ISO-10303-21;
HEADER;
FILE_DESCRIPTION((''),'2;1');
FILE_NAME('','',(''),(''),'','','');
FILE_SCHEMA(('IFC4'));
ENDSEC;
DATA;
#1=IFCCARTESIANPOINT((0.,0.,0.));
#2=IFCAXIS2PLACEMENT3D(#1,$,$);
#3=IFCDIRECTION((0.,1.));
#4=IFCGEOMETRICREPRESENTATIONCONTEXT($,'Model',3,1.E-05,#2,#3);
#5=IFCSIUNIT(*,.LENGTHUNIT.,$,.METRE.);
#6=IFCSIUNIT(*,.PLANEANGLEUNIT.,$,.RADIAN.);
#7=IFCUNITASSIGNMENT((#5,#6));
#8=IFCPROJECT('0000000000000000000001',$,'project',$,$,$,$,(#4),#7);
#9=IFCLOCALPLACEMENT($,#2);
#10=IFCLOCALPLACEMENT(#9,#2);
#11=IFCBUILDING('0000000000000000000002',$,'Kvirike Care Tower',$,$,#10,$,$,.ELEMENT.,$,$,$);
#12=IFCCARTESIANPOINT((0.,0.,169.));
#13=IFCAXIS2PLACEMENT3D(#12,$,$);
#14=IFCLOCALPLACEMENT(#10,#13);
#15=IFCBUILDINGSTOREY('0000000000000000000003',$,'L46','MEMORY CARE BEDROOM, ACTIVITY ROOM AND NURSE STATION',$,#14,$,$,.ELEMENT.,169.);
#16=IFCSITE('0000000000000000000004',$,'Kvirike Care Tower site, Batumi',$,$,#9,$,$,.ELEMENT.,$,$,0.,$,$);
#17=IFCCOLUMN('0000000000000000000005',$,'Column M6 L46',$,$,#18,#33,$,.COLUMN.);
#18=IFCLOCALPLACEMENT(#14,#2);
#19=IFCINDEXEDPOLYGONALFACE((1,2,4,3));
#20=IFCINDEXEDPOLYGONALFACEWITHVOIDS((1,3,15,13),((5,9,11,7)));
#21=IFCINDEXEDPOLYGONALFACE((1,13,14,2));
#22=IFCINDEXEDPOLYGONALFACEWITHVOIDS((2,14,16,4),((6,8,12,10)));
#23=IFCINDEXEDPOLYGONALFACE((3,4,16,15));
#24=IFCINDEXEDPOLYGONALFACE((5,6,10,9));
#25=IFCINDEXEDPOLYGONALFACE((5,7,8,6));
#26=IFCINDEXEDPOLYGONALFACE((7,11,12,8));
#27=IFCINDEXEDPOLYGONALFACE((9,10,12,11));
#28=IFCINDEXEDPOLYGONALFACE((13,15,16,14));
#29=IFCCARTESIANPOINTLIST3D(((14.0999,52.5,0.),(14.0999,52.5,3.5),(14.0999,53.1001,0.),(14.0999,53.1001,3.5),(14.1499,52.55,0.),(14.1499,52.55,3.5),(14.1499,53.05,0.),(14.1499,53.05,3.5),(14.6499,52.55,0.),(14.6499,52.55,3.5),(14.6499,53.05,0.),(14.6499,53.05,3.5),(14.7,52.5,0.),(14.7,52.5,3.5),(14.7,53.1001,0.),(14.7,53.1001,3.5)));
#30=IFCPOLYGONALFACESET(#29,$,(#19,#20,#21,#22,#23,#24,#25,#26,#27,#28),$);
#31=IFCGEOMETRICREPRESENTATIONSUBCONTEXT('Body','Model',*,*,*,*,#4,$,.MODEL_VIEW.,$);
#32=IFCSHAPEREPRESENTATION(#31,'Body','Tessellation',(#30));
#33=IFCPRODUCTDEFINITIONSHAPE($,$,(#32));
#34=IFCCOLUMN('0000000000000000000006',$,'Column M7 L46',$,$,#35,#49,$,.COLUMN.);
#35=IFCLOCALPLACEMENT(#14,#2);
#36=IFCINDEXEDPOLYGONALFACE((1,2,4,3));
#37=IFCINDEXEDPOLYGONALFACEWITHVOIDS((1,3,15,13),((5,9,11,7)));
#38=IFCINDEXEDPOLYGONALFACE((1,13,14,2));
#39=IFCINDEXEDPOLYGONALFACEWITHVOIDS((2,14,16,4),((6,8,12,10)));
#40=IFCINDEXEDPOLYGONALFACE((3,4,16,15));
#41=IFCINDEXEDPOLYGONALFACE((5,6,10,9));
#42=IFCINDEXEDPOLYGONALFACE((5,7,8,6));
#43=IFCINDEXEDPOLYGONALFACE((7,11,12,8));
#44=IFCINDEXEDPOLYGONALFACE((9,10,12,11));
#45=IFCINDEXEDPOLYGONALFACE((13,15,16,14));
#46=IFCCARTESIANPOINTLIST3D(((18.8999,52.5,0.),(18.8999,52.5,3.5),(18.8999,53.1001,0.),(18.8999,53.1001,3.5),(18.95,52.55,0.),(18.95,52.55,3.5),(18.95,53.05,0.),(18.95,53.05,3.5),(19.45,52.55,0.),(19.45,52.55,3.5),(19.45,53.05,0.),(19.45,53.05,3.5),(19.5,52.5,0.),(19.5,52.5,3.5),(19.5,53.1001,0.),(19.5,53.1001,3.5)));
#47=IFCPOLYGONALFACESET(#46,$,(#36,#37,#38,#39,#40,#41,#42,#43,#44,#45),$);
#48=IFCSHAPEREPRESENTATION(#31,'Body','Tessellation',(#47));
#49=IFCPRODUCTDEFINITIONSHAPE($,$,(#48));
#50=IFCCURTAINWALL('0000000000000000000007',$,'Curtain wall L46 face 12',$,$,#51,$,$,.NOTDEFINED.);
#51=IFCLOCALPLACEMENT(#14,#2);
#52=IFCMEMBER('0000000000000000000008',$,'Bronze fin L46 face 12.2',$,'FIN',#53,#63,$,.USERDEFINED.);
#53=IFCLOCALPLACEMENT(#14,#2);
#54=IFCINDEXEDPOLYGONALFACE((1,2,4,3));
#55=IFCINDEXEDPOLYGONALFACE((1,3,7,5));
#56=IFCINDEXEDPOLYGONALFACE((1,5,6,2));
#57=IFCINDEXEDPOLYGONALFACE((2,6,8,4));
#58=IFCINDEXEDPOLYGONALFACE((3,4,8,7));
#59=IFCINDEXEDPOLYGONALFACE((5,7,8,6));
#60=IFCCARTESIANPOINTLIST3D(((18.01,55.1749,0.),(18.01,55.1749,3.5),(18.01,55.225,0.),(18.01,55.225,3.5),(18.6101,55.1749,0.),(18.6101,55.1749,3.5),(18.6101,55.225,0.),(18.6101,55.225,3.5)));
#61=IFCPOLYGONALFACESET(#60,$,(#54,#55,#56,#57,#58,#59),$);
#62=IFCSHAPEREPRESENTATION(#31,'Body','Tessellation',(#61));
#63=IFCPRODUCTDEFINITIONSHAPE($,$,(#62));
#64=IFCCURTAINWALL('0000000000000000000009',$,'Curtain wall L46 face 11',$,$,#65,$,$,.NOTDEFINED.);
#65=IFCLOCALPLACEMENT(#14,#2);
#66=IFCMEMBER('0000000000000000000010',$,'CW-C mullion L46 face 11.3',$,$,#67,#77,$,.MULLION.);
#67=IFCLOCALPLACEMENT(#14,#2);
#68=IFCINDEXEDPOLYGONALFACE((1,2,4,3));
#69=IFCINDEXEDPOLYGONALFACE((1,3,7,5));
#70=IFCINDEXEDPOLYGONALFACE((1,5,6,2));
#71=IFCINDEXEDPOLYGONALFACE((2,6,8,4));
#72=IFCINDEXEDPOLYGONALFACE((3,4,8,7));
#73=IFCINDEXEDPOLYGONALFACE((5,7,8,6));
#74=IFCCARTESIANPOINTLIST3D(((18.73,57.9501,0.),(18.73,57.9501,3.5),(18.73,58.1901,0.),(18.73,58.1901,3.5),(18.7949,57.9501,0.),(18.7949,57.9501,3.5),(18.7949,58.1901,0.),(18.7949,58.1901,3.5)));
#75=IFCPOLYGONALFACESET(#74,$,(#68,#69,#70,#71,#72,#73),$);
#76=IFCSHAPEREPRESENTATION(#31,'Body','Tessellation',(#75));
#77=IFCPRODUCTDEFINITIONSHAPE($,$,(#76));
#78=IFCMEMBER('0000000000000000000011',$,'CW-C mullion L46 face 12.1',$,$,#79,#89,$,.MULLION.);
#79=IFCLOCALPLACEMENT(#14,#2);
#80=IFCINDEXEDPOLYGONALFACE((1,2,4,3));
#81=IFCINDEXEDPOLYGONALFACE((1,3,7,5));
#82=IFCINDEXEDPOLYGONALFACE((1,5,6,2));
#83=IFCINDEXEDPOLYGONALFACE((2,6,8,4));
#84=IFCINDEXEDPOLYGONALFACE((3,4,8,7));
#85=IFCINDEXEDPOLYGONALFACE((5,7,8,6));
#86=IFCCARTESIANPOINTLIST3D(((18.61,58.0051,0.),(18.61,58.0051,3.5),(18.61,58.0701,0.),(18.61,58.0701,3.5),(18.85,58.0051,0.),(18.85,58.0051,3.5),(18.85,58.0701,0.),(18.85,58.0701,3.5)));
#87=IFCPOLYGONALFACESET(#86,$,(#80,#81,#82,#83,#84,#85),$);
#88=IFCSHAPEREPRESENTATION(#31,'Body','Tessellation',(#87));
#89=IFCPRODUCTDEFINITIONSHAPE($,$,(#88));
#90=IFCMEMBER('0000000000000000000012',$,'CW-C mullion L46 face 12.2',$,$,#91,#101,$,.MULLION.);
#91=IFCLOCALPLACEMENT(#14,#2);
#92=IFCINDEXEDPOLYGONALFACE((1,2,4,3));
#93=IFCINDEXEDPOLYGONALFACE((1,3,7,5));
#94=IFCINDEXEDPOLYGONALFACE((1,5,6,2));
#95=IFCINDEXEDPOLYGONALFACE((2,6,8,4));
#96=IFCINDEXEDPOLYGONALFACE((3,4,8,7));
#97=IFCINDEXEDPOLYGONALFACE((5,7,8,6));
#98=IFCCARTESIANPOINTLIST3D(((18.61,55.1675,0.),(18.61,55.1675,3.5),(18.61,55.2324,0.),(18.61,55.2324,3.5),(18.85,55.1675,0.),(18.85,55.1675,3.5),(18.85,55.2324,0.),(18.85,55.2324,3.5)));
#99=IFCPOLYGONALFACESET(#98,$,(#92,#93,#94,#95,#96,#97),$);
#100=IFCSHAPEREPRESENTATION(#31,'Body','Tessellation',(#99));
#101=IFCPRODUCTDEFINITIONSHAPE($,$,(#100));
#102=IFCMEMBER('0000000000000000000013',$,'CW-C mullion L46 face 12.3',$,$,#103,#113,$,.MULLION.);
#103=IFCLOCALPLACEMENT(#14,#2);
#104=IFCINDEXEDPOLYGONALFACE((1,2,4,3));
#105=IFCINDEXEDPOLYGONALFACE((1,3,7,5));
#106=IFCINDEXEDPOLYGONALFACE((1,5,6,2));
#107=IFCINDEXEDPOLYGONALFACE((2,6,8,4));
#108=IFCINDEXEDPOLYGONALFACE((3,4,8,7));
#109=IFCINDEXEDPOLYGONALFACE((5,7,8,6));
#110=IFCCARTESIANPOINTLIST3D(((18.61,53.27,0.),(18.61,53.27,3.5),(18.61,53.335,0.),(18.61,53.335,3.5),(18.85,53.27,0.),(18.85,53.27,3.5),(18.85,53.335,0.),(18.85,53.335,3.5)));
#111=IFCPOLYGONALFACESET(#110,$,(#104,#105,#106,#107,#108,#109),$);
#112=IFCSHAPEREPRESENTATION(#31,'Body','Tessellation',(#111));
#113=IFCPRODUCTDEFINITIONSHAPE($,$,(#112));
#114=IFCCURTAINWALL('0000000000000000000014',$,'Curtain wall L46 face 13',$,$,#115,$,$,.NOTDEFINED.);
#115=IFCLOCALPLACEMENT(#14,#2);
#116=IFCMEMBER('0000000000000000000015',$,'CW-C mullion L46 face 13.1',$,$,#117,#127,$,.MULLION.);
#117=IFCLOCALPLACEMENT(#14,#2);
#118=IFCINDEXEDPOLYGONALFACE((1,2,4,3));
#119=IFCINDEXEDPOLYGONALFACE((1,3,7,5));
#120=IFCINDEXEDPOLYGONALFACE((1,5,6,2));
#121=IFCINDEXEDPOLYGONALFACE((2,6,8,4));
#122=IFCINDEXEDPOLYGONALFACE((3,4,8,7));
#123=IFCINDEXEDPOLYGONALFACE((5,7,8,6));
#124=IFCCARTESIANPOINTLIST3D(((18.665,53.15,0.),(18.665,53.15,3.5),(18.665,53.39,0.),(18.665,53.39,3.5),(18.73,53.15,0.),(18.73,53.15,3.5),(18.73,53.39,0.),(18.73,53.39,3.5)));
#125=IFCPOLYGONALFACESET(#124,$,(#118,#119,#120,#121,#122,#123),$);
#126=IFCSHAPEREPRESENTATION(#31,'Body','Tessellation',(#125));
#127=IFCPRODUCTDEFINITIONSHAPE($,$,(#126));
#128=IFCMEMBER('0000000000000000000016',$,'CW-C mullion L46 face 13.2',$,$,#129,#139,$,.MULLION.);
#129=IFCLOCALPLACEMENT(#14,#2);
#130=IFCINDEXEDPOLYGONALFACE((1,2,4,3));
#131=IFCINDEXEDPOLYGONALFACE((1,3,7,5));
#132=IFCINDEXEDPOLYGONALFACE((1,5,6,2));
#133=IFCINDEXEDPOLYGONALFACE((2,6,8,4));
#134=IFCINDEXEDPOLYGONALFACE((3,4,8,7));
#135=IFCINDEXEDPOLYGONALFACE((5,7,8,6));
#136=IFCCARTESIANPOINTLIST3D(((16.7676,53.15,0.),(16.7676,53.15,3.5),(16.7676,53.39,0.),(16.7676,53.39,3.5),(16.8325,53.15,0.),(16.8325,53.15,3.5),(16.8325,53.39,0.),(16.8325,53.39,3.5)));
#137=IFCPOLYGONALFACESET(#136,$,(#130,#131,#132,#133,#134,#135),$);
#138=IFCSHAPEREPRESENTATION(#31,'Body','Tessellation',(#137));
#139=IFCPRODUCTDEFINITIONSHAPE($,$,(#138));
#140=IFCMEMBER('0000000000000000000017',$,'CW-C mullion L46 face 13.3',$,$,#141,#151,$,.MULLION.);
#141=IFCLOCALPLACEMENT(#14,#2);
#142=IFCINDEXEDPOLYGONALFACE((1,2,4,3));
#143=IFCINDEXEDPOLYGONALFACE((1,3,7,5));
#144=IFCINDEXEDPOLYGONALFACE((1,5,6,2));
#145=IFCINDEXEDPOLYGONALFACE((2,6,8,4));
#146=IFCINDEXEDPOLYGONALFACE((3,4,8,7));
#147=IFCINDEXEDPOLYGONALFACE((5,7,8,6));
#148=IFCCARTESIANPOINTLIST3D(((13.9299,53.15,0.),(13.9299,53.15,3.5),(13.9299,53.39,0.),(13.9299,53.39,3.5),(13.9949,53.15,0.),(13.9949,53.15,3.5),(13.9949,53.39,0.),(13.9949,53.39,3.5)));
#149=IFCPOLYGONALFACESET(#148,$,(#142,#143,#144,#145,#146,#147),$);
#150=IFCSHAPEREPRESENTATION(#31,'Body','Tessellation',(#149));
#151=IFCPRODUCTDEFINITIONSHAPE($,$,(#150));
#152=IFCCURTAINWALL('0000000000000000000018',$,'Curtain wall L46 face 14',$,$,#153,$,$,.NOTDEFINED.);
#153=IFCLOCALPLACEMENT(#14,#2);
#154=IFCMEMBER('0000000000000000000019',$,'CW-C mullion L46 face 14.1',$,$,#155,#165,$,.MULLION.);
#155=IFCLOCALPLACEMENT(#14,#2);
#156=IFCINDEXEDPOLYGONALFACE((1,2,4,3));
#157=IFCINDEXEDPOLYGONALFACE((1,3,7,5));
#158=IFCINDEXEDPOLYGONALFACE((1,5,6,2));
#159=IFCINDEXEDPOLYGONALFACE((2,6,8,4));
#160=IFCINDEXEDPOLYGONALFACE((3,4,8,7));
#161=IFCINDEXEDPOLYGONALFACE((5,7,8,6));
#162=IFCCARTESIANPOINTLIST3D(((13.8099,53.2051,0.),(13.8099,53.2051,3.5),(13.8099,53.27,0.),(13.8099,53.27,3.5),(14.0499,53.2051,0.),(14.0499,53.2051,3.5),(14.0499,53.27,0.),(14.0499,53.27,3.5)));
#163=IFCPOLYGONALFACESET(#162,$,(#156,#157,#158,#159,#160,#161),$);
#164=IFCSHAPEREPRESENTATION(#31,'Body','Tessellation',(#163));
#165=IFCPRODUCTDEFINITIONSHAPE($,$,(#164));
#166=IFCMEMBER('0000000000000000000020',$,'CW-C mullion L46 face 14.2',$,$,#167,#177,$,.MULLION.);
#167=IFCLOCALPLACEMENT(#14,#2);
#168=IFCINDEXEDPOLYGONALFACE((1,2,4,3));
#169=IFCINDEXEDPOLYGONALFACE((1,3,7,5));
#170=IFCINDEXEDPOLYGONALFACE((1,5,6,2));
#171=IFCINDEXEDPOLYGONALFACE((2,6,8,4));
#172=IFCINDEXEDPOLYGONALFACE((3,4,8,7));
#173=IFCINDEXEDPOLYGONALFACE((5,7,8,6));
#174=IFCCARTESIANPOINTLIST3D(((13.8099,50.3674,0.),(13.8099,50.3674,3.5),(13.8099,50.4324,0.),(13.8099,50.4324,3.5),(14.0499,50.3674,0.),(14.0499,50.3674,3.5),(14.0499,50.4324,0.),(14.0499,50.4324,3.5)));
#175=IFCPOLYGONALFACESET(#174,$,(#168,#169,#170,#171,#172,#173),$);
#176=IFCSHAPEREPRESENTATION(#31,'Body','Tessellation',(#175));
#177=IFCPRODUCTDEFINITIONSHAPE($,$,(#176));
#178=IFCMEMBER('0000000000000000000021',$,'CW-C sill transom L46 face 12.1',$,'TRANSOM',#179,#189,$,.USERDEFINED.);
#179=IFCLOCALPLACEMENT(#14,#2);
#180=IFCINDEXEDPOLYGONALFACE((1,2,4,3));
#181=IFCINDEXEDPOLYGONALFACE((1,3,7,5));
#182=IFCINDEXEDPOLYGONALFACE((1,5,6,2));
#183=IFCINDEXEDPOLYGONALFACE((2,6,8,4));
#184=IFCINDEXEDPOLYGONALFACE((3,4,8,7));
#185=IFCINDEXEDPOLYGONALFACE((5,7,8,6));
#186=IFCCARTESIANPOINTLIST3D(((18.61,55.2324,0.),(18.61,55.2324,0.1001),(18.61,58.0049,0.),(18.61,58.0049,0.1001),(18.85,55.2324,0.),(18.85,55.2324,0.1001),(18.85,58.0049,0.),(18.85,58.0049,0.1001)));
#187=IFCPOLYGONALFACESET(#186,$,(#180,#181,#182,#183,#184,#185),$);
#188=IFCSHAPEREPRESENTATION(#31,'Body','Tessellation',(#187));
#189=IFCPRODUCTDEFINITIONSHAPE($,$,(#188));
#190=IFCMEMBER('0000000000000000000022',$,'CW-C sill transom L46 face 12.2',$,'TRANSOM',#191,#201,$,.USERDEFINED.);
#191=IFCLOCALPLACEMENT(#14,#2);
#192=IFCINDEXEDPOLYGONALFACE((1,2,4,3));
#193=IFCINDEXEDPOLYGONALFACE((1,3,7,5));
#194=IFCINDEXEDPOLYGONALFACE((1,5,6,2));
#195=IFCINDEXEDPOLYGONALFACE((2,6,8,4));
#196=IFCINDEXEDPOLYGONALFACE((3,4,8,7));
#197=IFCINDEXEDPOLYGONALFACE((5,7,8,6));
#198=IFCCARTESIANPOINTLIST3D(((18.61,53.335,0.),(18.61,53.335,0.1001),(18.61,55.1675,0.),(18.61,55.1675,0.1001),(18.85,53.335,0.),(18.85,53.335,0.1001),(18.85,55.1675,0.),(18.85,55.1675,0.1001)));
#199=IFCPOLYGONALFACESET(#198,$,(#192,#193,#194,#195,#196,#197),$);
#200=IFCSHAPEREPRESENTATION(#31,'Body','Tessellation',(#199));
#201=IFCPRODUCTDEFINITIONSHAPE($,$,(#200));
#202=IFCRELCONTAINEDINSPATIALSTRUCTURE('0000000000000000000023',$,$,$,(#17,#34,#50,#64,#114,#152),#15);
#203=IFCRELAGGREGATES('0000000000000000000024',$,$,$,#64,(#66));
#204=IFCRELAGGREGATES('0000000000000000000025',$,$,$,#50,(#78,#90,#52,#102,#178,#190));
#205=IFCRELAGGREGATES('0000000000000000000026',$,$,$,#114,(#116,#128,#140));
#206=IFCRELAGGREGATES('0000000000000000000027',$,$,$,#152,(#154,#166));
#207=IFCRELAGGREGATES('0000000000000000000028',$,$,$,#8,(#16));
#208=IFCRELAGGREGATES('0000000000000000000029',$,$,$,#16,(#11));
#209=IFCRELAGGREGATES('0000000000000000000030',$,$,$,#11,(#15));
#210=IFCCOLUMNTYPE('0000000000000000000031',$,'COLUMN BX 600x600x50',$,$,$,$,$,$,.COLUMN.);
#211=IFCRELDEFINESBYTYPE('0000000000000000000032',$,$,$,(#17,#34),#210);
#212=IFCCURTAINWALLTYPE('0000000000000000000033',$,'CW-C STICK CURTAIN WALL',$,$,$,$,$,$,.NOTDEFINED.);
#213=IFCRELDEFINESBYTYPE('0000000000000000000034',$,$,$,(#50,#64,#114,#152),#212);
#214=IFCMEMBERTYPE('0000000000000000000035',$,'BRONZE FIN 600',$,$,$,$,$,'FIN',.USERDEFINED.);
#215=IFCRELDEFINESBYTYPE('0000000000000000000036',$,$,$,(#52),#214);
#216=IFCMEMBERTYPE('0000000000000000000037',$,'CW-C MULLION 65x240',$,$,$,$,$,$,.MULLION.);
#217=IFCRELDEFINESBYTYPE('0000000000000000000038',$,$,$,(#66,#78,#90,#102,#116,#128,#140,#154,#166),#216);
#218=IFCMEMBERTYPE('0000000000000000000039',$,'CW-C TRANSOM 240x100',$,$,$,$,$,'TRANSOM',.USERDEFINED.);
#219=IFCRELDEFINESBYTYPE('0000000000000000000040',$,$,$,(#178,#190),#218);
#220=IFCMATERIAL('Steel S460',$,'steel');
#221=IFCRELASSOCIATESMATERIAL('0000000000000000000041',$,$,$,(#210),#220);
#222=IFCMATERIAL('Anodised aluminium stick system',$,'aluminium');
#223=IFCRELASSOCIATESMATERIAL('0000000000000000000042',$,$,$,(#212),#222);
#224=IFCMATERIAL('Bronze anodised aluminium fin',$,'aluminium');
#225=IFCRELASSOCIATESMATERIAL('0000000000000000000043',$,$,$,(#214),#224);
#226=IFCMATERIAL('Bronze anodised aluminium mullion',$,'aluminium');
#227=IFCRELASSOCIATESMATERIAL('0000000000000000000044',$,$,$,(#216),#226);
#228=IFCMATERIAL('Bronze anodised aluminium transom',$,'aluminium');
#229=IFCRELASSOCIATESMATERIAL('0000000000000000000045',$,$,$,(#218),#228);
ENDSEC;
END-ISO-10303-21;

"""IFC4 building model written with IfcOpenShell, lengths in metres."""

from ifc_helpers import new_model, si_unit, direction, frame, origin, origin_2d, place, context, subcontext, project, spatial, rectangle, hollow_rectangle, extrude, material, material_profile, profile_set, type_object, element, aggregate, save


model = new_model("IFC4")

# Units and contexts
model_context = context("Model", 3, precision=1e-05, world=origin(), true_north=direction((0.0, 1.0)))
body_context = subcontext(model_context, "Body", "Model", "MODEL_VIEW")
ifc_project = project(units=[si_unit("LENGTHUNIT", "METRE"), si_unit("PLANEANGLEUNIT", "RADIAN")], contexts=[model_context])

# Site, building, storey
site_placement = place(None, origin())
site = spatial("IfcSite", under=ifc_project, at=site_placement, Name="Kvirike Care Tower site, Batumi", CompositionType="ELEMENT", RefElevation=0.0)
building_placement = place(site_placement, origin())
building = spatial("IfcBuilding", under=site, at=building_placement, Name="Kvirike Care Tower", CompositionType="ELEMENT")
storey_placement = place(building_placement, frame((0.0, 0.0, 169.0)))
storey = spatial("IfcBuildingStorey", under=building, at=storey_placement, Name="L46", Description="MEMORY CARE BEDROOM, ACTIVITY ROOM AND NURSE STATION", CompositionType="ELEMENT", Elevation=169.0)

# Columns
ifc_material_1 = material(Name="Steel S460", Category="steel")
ifc_material_profile_1 = material_profile(ifc_material_1, hollow_rectangle(XDim=0.6001, YDim=0.6001, WallThickness=0.05, at=origin_2d()), Name="BX 600x600x50")
ifc_profile_set_1 = profile_set([ifc_material_profile_1], Name="Steel S460")
column_type = type_object("IfcColumnType", Name="COLUMN BX 600x600x50", PredefinedType="COLUMN", material=ifc_profile_set_1)
for number, where, z_axis, x_axis, name in (
    (1, (14.3999, 52.8, 0.0), (0.0, 0.0, 1.0), (0.0, 1.0, 0.0), "Column M6 L46"),
    (2, (19.2, 52.8, 0.0), (0.0, 0.0, 1.0), (0.0, 1.0, 0.0), "Column M7 L46"),
):
    element("IfcColumn", number, at=place(storey_placement, frame(where, z_axis=z_axis, x_axis=x_axis)), inside=storey, type_object=column_type, Name=name, PredefinedType="COLUMN", context=body_context, shape_type="SweptSolid", body=[
        extrude(hollow_rectangle(XDim=0.6001, YDim=0.6001, WallThickness=0.05, at=origin_2d()), origin(), (0.0, 0.0, 1.0), 3.5),
    ])

# Curtain walls, members
ifc_material_2 = material(Name="Anodised aluminium stick system", Category="aluminium")
curtain_wall_type = type_object("IfcCurtainWallType", Name="CW-C STICK CURTAIN WALL", PredefinedType="NOTDEFINED", material=ifc_material_2)
curtain_wall_1_placement = place(storey_placement, origin())
curtain_wall_1 = element("IfcCurtainWall", 3, at=curtain_wall_1_placement, inside=storey, type_object=curtain_wall_type, Name="Curtain wall L46 face 12", PredefinedType="NOTDEFINED")
ifc_material_3 = material(Name="Bronze anodised aluminium fin", Category="aluminium")
ifc_material_profile_2 = material_profile(ifc_material_3, rectangle(XDim=0.05, YDim=0.6001, at=origin_2d()), Name="BRONZE FIN 600")
ifc_profile_set_2 = profile_set([ifc_material_profile_2], Name="Bronze anodised aluminium fin")
member_type_1 = type_object("IfcMemberType", Name="BRONZE FIN 600", ElementType="FIN", PredefinedType="USERDEFINED", material=ifc_profile_set_2)
member_1_placement = place(storey_placement, frame((18.3101, 55.2, 0.0), z_axis=(0.0, 0.0, 1.0), x_axis=(0.0, -1.0, 0.0)))
member_1 = element("IfcMember", 4, at=member_1_placement, type_object=member_type_1, Name="Bronze fin L46 face 12.2", ObjectType="FIN", PredefinedType="USERDEFINED", context=body_context, shape_type="SweptSolid", body=[
    extrude(rectangle(XDim=0.05, YDim=0.6001, at=origin_2d()), origin(), (0.0, 0.0, 1.0), 3.5),
])
curtain_wall_2_placement = place(storey_placement, origin())
curtain_wall_2 = element("IfcCurtainWall", 5, at=curtain_wall_2_placement, inside=storey, type_object=curtain_wall_type, Name="Curtain wall L46 face 11", PredefinedType="NOTDEFINED")
ifc_material_4 = material(Name="Bronze anodised aluminium mullion", Category="aluminium")
ifc_material_profile_3 = material_profile(ifc_material_4, rectangle(XDim=0.0649, YDim=0.24, at=origin_2d()), Name="CW-C MULLION 65x240")
ifc_profile_set_3 = profile_set([ifc_material_profile_3], Name="Bronze anodised aluminium mullion")
member_type_2 = type_object("IfcMemberType", Name="CW-C MULLION 65x240", PredefinedType="MULLION", material=ifc_profile_set_3)
member_2_placement = place(storey_placement, frame((18.7625, 58.0701, 0.0), z_axis=(0.0, 0.0, 1.0), x_axis=(-1.0, 0.0, 0.0)))
member_2 = element("IfcMember", 6, at=member_2_placement, type_object=member_type_2, Name="CW-C mullion L46 face 11.3", PredefinedType="MULLION", context=body_context, shape_type="SweptSolid", body=[
    extrude(rectangle(XDim=0.0649, YDim=0.24, at=origin_2d()), origin(), (0.0, 0.0, 1.0), 3.5),
])
aggregate(curtain_wall_2, [member_2])

# Members
member_3_placement = place(storey_placement, frame((18.73, 58.0376, 0.0), z_axis=(0.0, 0.0, 1.0), x_axis=(0.0, -1.0, 0.0)))
member_3 = element("IfcMember", 7, at=member_3_placement, type_object=member_type_2, Name="CW-C mullion L46 face 12.1", PredefinedType="MULLION", context=body_context, shape_type="SweptSolid", body=[
    extrude(rectangle(XDim=0.0649, YDim=0.24, at=origin_2d()), origin(), (0.0, 0.0, 1.0), 3.5),
])
member_4_placement = place(storey_placement, frame((18.73, 55.2, 0.0), z_axis=(0.0, 0.0, 1.0), x_axis=(0.0, -1.0, 0.0)))
member_4 = element("IfcMember", 8, at=member_4_placement, type_object=member_type_2, Name="CW-C mullion L46 face 12.2", PredefinedType="MULLION", context=body_context, shape_type="SweptSolid", body=[
    extrude(rectangle(XDim=0.0649, YDim=0.24, at=origin_2d()), origin(), (0.0, 0.0, 1.0), 3.5),
])
member_5_placement = place(storey_placement, frame((18.73, 53.3025, 0.0), z_axis=(0.0, 0.0, 1.0), x_axis=(0.0, -1.0, 0.0)))
member_5 = element("IfcMember", 9, at=member_5_placement, type_object=member_type_2, Name="CW-C mullion L46 face 12.3", PredefinedType="MULLION", context=body_context, shape_type="SweptSolid", body=[
    extrude(rectangle(XDim=0.0649, YDim=0.24, at=origin_2d()), origin(), (0.0, 0.0, 1.0), 3.5),
])

# Curtain walls, members
curtain_wall_3_placement = place(storey_placement, origin())
curtain_wall_3 = element("IfcCurtainWall", 10, at=curtain_wall_3_placement, inside=storey, type_object=curtain_wall_type, Name="Curtain wall L46 face 13", PredefinedType="NOTDEFINED")
member_6_placement = place(storey_placement, frame((18.6975, 53.27, 0.0), z_axis=(0.0, 0.0, 1.0), x_axis=(-1.0, 0.0, 0.0)))
member_6 = element("IfcMember", 11, at=member_6_placement, type_object=member_type_2, Name="CW-C mullion L46 face 13.1", PredefinedType="MULLION", context=body_context, shape_type="SweptSolid", body=[
    extrude(rectangle(XDim=0.0649, YDim=0.24, at=origin_2d()), origin(), (0.0, 0.0, 1.0), 3.5),
])
member_7_placement = place(storey_placement, frame((16.8, 53.27, 0.0), z_axis=(0.0, 0.0, 1.0), x_axis=(-1.0, 0.0, 0.0)))
member_7 = element("IfcMember", 12, at=member_7_placement, type_object=member_type_2, Name="CW-C mullion L46 face 13.2", PredefinedType="MULLION", context=body_context, shape_type="SweptSolid", body=[
    extrude(rectangle(XDim=0.0649, YDim=0.24, at=origin_2d()), origin(), (0.0, 0.0, 1.0), 3.5),
])
member_8_placement = place(storey_placement, frame((13.9624, 53.27, 0.0), z_axis=(0.0, 0.0, 1.0), x_axis=(-1.0, 0.0, 0.0)))
member_8 = element("IfcMember", 13, at=member_8_placement, type_object=member_type_2, Name="CW-C mullion L46 face 13.3", PredefinedType="MULLION", context=body_context, shape_type="SweptSolid", body=[
    extrude(rectangle(XDim=0.0649, YDim=0.24, at=origin_2d()), origin(), (0.0, 0.0, 1.0), 3.5),
])
curtain_wall_4_placement = place(storey_placement, origin())
curtain_wall_4 = element("IfcCurtainWall", 14, at=curtain_wall_4_placement, inside=storey, type_object=curtain_wall_type, Name="Curtain wall L46 face 14", PredefinedType="NOTDEFINED")
member_9_placement = place(storey_placement, frame((13.9299, 53.2375, 0.0), z_axis=(0.0, 0.0, 1.0), x_axis=(0.0, -1.0, 0.0)))
member_9 = element("IfcMember", 15, at=member_9_placement, type_object=member_type_2, Name="CW-C mullion L46 face 14.1", PredefinedType="MULLION", context=body_context, shape_type="SweptSolid", body=[
    extrude(rectangle(XDim=0.0649, YDim=0.24, at=origin_2d()), origin(), (0.0, 0.0, 1.0), 3.5),
])
member_10_placement = place(storey_placement, frame((13.9299, 50.3999, 0.0), z_axis=(0.0, 0.0, 1.0), x_axis=(0.0, -1.0, 0.0)))
member_10 = element("IfcMember", 16, at=member_10_placement, type_object=member_type_2, Name="CW-C mullion L46 face 14.2", PredefinedType="MULLION", context=body_context, shape_type="SweptSolid", body=[
    extrude(rectangle(XDim=0.0649, YDim=0.24, at=origin_2d()), origin(), (0.0, 0.0, 1.0), 3.5),
])

# Members
ifc_material_5 = material(Name="Bronze anodised aluminium transom", Category="aluminium")
ifc_material_profile_4 = material_profile(ifc_material_5, rectangle(XDim=0.24, YDim=0.1001, at=origin_2d()), Name="CW-C TRANSOM 240x100")
ifc_profile_set_4 = profile_set([ifc_material_profile_4], Name="Bronze anodised aluminium transom")
member_type_3 = type_object("IfcMemberType", Name="CW-C TRANSOM 240x100", ElementType="TRANSOM", PredefinedType="USERDEFINED", material=ifc_profile_set_4)
member_11_placement = place(storey_placement, frame((18.73, 58.0049, 0.05), z_axis=(0.0, -1.0, 0.0), x_axis=(1.0, 0.0, 0.0)))
member_11 = element("IfcMember", 17, at=member_11_placement, type_object=member_type_3, Name="CW-C sill transom L46 face 12.1", ObjectType="TRANSOM", PredefinedType="USERDEFINED", context=body_context, shape_type="SweptSolid", body=[
    extrude(rectangle(XDim=0.24, YDim=0.1001, at=origin_2d()), origin(), (0.0, 0.0, 1.0), 2.7725),
])
member_12_placement = place(storey_placement, frame((18.73, 55.1675, 0.05), z_axis=(0.0, -1.0, 0.0), x_axis=(1.0, 0.0, 0.0)))
member_12 = element("IfcMember", 18, at=member_12_placement, type_object=member_type_3, Name="CW-C sill transom L46 face 12.2", ObjectType="TRANSOM", PredefinedType="USERDEFINED", context=body_context, shape_type="SweptSolid", body=[
    extrude(rectangle(XDim=0.24, YDim=0.1001, at=origin_2d()), origin(), (0.0, 0.0, 1.0), 1.8325),
])

aggregate(curtain_wall_1, [member_3, member_4, member_1, member_5, member_11, member_12])
aggregate(curtain_wall_3, [member_6, member_7, member_8])
aggregate(curtain_wall_4, [member_9, member_10])

save(model, "model.ifc")
